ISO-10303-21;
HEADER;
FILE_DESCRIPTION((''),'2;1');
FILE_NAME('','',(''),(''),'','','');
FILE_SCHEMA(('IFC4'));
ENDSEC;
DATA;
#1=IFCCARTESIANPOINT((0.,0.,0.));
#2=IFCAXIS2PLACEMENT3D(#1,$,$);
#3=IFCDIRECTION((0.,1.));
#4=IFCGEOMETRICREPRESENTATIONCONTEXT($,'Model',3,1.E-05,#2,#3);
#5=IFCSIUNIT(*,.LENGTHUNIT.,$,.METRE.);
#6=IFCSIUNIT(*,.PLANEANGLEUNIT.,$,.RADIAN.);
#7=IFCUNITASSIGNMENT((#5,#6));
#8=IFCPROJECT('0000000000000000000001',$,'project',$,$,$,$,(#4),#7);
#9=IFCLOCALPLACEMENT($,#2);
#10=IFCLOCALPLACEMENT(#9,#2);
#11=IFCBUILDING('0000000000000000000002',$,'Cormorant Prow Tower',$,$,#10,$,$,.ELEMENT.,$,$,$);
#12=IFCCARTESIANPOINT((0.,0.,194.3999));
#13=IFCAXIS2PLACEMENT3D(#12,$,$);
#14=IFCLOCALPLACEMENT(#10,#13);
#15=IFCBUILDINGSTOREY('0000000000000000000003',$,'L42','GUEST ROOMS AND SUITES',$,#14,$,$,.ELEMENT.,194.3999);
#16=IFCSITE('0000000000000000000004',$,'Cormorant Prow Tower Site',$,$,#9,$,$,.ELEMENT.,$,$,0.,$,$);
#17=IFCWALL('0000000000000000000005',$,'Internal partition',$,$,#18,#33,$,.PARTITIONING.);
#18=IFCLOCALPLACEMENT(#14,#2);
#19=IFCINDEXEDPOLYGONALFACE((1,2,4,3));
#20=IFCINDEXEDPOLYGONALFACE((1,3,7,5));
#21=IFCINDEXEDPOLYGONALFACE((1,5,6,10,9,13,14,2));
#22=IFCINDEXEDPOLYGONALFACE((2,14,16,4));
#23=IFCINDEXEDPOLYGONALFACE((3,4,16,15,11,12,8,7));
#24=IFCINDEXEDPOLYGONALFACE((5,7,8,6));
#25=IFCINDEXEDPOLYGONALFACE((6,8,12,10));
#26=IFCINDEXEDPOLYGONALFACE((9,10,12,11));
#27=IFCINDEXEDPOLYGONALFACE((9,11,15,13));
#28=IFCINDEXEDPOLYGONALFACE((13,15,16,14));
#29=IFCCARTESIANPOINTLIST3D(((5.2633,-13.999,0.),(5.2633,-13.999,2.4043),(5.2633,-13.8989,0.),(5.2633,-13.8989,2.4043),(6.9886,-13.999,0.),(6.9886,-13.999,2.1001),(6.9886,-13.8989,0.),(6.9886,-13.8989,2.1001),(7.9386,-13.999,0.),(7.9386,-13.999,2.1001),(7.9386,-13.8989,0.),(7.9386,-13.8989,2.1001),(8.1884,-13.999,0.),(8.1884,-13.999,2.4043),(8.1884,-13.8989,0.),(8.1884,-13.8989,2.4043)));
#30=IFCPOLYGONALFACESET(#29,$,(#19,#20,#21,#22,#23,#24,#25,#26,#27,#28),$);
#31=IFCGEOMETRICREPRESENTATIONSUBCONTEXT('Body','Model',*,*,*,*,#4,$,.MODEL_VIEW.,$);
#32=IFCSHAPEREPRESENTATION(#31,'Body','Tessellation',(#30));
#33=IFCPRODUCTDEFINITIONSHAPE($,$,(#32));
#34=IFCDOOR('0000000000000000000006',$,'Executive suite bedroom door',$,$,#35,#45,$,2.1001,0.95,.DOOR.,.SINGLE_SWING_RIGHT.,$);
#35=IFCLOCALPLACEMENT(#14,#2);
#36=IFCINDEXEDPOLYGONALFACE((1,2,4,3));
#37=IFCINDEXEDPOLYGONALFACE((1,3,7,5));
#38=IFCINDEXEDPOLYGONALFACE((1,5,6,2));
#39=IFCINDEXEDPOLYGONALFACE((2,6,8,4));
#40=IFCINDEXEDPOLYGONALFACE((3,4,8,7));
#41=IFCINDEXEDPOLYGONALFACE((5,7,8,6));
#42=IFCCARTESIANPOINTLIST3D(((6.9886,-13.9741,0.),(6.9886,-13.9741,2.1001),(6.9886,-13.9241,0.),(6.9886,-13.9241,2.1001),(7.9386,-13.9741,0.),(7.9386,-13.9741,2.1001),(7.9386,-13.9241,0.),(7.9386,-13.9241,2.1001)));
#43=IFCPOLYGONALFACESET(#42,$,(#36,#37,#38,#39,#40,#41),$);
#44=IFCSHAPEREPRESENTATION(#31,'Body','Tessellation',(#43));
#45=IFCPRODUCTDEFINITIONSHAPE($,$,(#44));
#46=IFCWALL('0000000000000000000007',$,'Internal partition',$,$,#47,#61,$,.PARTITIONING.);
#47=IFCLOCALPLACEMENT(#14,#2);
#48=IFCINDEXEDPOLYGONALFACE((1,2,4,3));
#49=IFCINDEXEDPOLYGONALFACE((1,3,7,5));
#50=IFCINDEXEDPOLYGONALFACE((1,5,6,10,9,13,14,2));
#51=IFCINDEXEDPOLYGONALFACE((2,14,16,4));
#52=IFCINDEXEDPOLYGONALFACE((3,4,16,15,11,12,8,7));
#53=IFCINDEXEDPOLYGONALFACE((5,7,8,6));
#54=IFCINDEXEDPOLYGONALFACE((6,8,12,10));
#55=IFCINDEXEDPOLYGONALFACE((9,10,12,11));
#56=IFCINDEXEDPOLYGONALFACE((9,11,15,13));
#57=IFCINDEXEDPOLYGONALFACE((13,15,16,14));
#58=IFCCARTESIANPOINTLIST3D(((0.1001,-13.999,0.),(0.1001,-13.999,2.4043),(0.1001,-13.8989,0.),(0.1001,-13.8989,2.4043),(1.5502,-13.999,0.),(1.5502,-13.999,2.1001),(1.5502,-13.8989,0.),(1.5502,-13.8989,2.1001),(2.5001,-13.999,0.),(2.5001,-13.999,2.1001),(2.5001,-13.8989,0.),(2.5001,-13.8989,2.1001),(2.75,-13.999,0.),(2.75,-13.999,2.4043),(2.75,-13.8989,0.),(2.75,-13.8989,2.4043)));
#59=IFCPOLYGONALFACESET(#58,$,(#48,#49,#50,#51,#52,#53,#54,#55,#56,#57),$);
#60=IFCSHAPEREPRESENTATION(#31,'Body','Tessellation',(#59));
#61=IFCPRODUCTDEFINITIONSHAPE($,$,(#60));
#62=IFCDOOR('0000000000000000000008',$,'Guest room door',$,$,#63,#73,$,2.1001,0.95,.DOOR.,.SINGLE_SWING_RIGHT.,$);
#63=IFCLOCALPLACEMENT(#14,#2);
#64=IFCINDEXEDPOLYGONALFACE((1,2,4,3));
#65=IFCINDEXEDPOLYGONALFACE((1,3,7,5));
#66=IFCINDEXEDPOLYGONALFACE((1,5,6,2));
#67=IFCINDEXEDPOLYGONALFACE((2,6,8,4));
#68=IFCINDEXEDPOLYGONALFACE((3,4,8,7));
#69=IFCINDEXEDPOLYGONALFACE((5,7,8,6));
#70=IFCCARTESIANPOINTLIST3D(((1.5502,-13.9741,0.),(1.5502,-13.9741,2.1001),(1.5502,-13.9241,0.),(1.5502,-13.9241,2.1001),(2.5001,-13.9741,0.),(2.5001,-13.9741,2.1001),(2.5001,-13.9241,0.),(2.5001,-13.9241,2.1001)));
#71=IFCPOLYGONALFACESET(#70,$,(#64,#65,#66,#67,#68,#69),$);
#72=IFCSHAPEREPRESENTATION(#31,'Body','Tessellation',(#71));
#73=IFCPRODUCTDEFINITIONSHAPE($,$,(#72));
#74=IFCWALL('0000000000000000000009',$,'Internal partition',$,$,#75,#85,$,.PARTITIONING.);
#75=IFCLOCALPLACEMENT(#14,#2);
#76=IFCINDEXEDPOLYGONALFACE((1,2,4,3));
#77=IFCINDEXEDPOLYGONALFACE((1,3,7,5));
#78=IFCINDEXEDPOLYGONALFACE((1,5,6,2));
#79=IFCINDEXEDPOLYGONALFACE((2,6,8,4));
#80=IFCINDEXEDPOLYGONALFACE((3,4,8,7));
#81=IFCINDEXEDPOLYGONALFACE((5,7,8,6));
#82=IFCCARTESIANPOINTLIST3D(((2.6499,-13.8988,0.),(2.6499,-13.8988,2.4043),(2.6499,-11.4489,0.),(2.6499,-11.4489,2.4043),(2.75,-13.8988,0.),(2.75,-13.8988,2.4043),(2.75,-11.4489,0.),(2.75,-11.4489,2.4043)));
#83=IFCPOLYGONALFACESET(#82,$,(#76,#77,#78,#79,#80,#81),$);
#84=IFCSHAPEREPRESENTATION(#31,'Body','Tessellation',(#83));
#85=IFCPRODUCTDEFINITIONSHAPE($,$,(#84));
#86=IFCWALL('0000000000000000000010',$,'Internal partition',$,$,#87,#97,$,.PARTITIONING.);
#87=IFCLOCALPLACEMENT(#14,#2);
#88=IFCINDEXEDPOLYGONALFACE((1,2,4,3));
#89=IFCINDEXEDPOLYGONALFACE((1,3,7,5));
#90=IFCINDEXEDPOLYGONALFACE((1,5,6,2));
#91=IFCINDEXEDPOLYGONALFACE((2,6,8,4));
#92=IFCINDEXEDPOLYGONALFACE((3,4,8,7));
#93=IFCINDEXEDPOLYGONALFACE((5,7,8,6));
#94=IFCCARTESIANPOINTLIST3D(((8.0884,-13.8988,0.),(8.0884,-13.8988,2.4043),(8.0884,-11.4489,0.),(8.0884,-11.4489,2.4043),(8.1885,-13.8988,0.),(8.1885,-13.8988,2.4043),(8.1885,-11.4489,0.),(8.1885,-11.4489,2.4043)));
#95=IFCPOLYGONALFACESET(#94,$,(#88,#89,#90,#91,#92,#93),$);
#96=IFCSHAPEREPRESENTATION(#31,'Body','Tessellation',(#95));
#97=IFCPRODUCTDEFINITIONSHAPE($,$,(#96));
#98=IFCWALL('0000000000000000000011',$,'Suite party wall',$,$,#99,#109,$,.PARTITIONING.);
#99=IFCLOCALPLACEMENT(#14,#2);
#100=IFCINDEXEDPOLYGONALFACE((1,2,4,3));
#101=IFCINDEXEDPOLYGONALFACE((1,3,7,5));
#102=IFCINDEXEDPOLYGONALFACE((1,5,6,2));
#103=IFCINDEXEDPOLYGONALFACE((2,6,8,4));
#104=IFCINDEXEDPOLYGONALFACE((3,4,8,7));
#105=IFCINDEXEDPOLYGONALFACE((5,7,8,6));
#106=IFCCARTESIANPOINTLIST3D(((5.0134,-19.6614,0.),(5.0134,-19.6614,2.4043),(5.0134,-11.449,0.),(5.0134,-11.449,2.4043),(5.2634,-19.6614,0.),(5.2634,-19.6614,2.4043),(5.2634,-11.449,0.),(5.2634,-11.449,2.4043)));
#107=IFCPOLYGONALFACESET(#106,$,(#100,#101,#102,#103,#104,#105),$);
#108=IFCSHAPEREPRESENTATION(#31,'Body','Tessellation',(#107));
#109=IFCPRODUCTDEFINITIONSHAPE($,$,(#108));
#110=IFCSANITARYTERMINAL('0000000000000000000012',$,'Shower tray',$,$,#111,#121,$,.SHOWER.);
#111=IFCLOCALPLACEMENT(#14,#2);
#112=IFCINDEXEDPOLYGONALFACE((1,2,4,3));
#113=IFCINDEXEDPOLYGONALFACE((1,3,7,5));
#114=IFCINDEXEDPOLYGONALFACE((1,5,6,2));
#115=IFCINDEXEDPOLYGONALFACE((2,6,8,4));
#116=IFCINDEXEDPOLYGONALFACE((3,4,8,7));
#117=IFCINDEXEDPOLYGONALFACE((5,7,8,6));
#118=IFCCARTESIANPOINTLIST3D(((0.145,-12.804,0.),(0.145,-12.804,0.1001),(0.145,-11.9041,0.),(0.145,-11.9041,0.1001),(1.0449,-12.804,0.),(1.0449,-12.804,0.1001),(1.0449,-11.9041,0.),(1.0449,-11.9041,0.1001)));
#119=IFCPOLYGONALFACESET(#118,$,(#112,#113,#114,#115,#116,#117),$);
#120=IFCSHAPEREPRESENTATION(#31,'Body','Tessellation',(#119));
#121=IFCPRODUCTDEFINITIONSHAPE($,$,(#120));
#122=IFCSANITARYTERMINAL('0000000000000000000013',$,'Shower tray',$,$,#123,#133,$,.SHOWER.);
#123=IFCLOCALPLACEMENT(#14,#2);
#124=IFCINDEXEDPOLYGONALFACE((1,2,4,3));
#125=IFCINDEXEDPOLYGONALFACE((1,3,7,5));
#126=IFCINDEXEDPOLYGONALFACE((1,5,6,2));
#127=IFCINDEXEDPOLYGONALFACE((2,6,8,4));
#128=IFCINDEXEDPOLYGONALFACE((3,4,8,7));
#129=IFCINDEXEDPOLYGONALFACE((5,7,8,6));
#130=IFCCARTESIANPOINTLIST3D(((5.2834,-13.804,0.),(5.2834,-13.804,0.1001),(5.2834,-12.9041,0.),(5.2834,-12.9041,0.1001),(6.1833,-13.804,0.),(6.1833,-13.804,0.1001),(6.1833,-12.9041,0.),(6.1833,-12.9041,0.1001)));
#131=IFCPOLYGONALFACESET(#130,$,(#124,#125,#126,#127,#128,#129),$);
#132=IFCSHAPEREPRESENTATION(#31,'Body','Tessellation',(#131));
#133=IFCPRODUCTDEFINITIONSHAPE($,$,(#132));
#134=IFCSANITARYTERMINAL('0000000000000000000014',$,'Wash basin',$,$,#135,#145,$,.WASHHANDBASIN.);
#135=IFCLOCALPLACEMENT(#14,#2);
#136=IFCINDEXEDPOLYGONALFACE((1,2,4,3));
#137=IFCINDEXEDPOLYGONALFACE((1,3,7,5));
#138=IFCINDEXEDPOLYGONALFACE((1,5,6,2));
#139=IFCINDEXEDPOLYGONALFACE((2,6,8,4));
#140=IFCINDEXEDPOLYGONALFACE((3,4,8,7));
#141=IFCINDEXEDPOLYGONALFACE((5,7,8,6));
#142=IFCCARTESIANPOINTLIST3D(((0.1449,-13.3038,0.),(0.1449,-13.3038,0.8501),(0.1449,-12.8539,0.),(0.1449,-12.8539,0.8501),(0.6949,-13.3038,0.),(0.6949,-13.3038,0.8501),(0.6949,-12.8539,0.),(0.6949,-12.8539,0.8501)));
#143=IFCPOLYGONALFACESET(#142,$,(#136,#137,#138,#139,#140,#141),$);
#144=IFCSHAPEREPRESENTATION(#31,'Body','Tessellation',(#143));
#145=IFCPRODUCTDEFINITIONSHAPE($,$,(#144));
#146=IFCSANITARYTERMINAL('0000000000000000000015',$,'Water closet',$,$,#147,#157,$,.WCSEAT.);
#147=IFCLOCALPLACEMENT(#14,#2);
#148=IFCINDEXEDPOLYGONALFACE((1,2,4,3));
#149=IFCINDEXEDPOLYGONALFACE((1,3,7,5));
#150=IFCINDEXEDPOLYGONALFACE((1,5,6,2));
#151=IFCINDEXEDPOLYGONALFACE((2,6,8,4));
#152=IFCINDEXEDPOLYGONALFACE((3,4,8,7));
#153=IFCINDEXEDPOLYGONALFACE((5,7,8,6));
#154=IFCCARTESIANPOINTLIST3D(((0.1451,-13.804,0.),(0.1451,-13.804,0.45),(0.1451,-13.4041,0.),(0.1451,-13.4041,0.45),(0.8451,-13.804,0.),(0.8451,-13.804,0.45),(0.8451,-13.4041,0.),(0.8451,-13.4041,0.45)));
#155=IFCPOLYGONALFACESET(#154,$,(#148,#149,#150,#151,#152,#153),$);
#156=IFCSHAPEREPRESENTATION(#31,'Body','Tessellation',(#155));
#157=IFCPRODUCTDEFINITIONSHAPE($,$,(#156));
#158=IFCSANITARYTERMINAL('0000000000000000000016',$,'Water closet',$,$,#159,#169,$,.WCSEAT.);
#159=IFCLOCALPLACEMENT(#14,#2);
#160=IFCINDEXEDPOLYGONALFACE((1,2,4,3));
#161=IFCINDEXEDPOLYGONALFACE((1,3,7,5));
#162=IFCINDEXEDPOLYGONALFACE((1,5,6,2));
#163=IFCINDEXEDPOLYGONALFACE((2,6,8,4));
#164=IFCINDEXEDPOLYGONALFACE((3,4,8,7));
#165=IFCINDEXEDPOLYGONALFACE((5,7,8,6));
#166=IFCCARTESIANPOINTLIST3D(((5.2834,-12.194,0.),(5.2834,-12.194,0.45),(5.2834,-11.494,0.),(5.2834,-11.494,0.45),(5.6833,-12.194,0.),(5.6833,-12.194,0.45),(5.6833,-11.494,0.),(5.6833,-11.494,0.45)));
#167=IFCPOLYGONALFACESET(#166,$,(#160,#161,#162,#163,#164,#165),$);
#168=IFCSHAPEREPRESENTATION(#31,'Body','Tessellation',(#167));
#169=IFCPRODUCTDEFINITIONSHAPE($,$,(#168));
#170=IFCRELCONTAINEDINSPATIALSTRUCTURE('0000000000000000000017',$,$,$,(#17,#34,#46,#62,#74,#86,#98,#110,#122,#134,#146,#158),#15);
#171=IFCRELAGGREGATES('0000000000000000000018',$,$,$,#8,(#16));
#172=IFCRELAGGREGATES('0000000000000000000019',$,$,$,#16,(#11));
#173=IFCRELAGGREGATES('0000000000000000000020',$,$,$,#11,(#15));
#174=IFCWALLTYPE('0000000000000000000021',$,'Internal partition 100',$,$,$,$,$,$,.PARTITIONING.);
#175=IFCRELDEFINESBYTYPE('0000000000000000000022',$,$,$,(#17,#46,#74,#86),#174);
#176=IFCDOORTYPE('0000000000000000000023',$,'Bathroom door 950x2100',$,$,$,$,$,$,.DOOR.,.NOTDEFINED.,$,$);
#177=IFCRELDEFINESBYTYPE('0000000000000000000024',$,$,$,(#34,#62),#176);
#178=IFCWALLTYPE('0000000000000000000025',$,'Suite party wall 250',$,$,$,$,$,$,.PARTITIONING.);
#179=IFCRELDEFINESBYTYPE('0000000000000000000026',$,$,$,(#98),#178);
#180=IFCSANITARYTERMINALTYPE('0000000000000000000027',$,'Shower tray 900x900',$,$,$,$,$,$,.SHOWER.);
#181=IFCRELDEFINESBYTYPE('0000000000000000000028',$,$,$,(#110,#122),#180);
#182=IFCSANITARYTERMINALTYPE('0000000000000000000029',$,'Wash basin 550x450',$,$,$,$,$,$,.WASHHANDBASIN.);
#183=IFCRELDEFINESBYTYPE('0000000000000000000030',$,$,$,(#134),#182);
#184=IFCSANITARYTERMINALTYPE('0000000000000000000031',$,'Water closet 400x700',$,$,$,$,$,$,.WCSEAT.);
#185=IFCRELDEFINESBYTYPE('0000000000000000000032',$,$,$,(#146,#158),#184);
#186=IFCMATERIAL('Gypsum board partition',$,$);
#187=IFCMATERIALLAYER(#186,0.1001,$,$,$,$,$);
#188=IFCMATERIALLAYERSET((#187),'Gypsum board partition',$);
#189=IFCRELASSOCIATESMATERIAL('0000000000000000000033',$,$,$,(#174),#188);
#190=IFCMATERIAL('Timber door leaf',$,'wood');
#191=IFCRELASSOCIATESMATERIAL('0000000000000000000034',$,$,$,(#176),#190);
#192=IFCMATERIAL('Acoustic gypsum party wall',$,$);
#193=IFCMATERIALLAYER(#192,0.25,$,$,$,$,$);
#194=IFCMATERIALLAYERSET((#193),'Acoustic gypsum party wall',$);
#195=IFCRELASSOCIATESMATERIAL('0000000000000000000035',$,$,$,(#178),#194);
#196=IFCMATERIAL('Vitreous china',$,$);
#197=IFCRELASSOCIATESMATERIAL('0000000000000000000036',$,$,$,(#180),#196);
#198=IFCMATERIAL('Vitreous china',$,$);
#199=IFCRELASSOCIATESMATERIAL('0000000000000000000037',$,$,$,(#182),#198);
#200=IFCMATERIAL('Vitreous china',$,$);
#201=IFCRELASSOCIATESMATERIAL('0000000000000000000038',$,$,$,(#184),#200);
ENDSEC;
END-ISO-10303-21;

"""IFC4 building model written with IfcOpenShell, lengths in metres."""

from ifc_helpers import new_model, si_unit, direction, frame, frame_2d, origin, origin_2d, place, context, subcontext, project, spatial, rectangle, extrude, material, layer, layer_set, type_object, element, fill, save


model = new_model("IFC4")

# Units and contexts
model_context = context("Model", 3, precision=1e-05, world=origin(), true_north=direction((0.0, 1.0)))
body_context = subcontext(model_context, "Body", "Model", "MODEL_VIEW")
ifc_project = project(units=[si_unit("LENGTHUNIT", "METRE"), si_unit("PLANEANGLEUNIT", "RADIAN")], contexts=[model_context])

# Site, building, storey
site_placement = place(None, origin())
site = spatial("IfcSite", under=ifc_project, at=site_placement, Name="Cormorant Prow Tower Site", CompositionType="ELEMENT", RefElevation=0.0)
building_placement = place(site_placement, origin())
building = spatial("IfcBuilding", under=site, at=building_placement, Name="Cormorant Prow Tower", CompositionType="ELEMENT")
storey_placement = place(building_placement, frame((0.0, 0.0, 194.3999)))
storey = spatial("IfcBuildingStorey", under=building, at=storey_placement, Name="L42", Description="GUEST ROOMS AND SUITES", CompositionType="ELEMENT", Elevation=194.3999)

# Walls, openings, doors
ifc_material_1 = material(Name="Gypsum board partition")
ifc_layer_1 = layer(ifc_material_1, 0.1001)
ifc_layer_set_1 = layer_set([ifc_layer_1], Name="Gypsum board partition")
wall_type_1 = type_object("IfcWallType", Name="Internal partition 100", PredefinedType="PARTITIONING", material=ifc_layer_set_1)
wall_1_placement = place(storey_placement, frame((5.2634, -13.949, 0.0), z_axis=(0.0, 0.0, 1.0), x_axis=(1.0, 0.0, 0.0)))
wall_1 = element("IfcWall", 1, at=wall_1_placement, inside=storey, type_object=wall_type_1, Name="Internal partition", PredefinedType="PARTITIONING", context=body_context, shape_type="SweptSolid", body=[
    extrude(rectangle(XDim=2.925, YDim=0.1001, at=frame_2d((1.4624, 0.0))), origin(), (0.0, 0.0, 1.0), 2.4043),
])
opening_1_placement = place(wall_1_placement, frame((1.7251, 0.0, 0.0)))
opening_1 = element("IfcOpeningElement", 2, at=opening_1_placement, cuts=wall_1, PredefinedType="OPENING", context=body_context, shape_type="SweptSolid", body=[
    extrude(rectangle(XDim=0.95, YDim=2.1001, at=frame_2d((0.4751, 1.05))), frame((0.0, 0.0601, 0.0), z_axis=(0.0, -1.0, 0.0), x_axis=(1.0, 0.0, 0.0)), (0.0, 0.0, 1.0), 0.1201),
])
ifc_material_2 = material(Name="Timber door leaf", Category="wood")
door_type_1 = type_object("IfcDoorType", Name="Bathroom door 950x2100", OperationType="NOTDEFINED", PredefinedType="DOOR", material=ifc_material_2)
door_1_placement = place(opening_1_placement, origin())
door_1 = element("IfcDoor", 3, at=door_1_placement, inside=storey, type_object=door_type_1, Name="Executive suite bedroom door", OperationType="SINGLE_SWING_RIGHT", OverallHeight=2.1001, OverallWidth=0.95, PredefinedType="DOOR", context=body_context, shape_type="SweptSolid", body=[
    extrude(rectangle(XDim=0.95, YDim=2.1001, at=frame_2d((0.4751, 1.05))), frame((0.0, 0.0249, 0.0), z_axis=(0.0, -1.0, 0.0), x_axis=(1.0, 0.0, 0.0)), (0.0, 0.0, 1.0), 0.05),
])
fill(opening_1, door_1)
wall_2_placement = place(storey_placement, frame((0.1001, -13.949, 0.0), z_axis=(0.0, 0.0, 1.0), x_axis=(1.0, 0.0, 0.0)))
wall_2 = element("IfcWall", 4, at=wall_2_placement, inside=storey, type_object=wall_type_1, Name="Internal partition", PredefinedType="PARTITIONING", context=body_context, shape_type="SweptSolid", body=[
    extrude(rectangle(XDim=2.6499, YDim=0.1001, at=frame_2d((1.325, 0.0))), origin(), (0.0, 0.0, 1.0), 2.4043),
])
opening_2_placement = place(wall_2_placement, frame((1.45, 0.0, 0.0)))
opening_2 = element("IfcOpeningElement", 5, at=opening_2_placement, cuts=wall_2, PredefinedType="OPENING", context=body_context, shape_type="SweptSolid", body=[
    extrude(rectangle(XDim=0.95, YDim=2.1001, at=frame_2d((0.4751, 1.05))), frame((0.0, 0.0601, 0.0), z_axis=(0.0, -1.0, 0.0), x_axis=(1.0, 0.0, 0.0)), (0.0, 0.0, 1.0), 0.1201),
])
door_2_placement = place(opening_2_placement, origin())
door_2 = element("IfcDoor", 6, at=door_2_placement, inside=storey, type_object=door_type_1, Name="Guest room door", OperationType="SINGLE_SWING_RIGHT", OverallHeight=2.1001, OverallWidth=0.95, PredefinedType="DOOR", context=body_context, shape_type="SweptSolid", body=[
    extrude(rectangle(XDim=0.95, YDim=2.1001, at=frame_2d((0.4751, 1.05))), frame((0.0, 0.0249, 0.0), z_axis=(0.0, -1.0, 0.0), x_axis=(1.0, 0.0, 0.0)), (0.0, 0.0, 1.0), 0.05),
])
fill(opening_2, door_2)

# Walls
for number, where, z_axis, x_axis, name in (
    (7, (2.7, -13.8989, 0.0), (0.0, 0.0, 1.0), (0.0, 1.0, 0.0), "Internal partition"),
    (8, (8.1384, -13.8989, 0.0), (0.0, 0.0, 1.0), (0.0, 1.0, 0.0), "Internal partition"),
):
    element("IfcWall", number, at=place(storey_placement, frame(where, z_axis=z_axis, x_axis=x_axis)), inside=storey, type_object=wall_type_1, Name=name, PredefinedType="PARTITIONING", context=body_context, shape_type="SweptSolid", body=[
        extrude(rectangle(XDim=2.45, YDim=0.1001, at=frame_2d((1.2251, 0.0))), origin(), (0.0, 0.0, 1.0), 2.4043),
    ])
ifc_material_3 = material(Name="Acoustic gypsum party wall")
ifc_layer_2 = layer(ifc_material_3, 0.25)
ifc_layer_set_2 = layer_set([ifc_layer_2], Name="Acoustic gypsum party wall")
wall_type_2 = type_object("IfcWallType", Name="Suite party wall 250", PredefinedType="PARTITIONING", material=ifc_layer_set_2)
wall_3_placement = place(storey_placement, frame((5.1384, -19.6614, 0.0), z_axis=(0.0, 0.0, 1.0), x_axis=(0.0, 1.0, 0.0)))
element("IfcWall", 9, at=wall_3_placement, inside=storey, type_object=wall_type_2, Name="Suite party wall", PredefinedType="PARTITIONING", context=body_context, shape_type="SweptSolid", body=[
    extrude(rectangle(XDim=8.2124, YDim=0.25, at=frame_2d((4.1062, 0.0))), origin(), (0.0, 0.0, 1.0), 2.4043),
])

# Sanitary terminals
ifc_material_4 = material(Name="Vitreous china")
sanitary_terminal_type_1 = type_object("IfcSanitaryTerminalType", Name="Shower tray 900x900", PredefinedType="SHOWER", material=ifc_material_4)
for number, where, z_axis, x_axis, name in (
    (10, (0.595, -12.354, 0.0), (0.0, 0.0, 1.0), (1.0, 0.0, 0.0), "Shower tray"),
    (11, (5.7334, -13.354, 0.0), (0.0, 0.0, 1.0), (0.0, 1.0, 0.0), "Shower tray"),
):
    element("IfcSanitaryTerminal", number, at=place(storey_placement, frame(where, z_axis=z_axis, x_axis=x_axis)), inside=storey, type_object=sanitary_terminal_type_1, Name=name, PredefinedType="SHOWER", context=body_context, shape_type="SweptSolid", body=[
        extrude(rectangle(XDim=0.8999, YDim=0.8999, at=origin_2d()), origin(), (0.0, 0.0, 1.0), 0.1001),
    ])
ifc_material_5 = material(Name="Vitreous china")
sanitary_terminal_type_2 = type_object("IfcSanitaryTerminalType", Name="Wash basin 550x450", PredefinedType="WASHHANDBASIN", material=ifc_material_5)
sanitary_terminal_placement = place(storey_placement, frame((0.4199, -13.0789, 0.0), z_axis=(0.0, 0.0, 1.0), x_axis=(1.0, 0.0, 0.0)))
element("IfcSanitaryTerminal", 12, at=sanitary_terminal_placement, inside=storey, type_object=sanitary_terminal_type_2, Name="Wash basin", PredefinedType="WASHHANDBASIN", context=body_context, shape_type="SweptSolid", body=[
    extrude(rectangle(XDim=0.55, YDim=0.45, at=origin_2d()), origin(), (0.0, 0.0, 1.0), 0.8501),
])
ifc_material_6 = material(Name="Vitreous china")
sanitary_terminal_type_3 = type_object("IfcSanitaryTerminalType", Name="Water closet 400x700", PredefinedType="WCSEAT", material=ifc_material_6)
for number, where, z_axis, x_axis, name in (
    (13, (0.4951, -13.604, 0.0), (0.0, 0.0, 1.0), (0.0, 1.0, 0.0), "Water closet"),
    (14, (5.4834, -11.844, 0.0), (0.0, 0.0, 1.0), (1.0, 0.0, 0.0), "Water closet"),
):
    element("IfcSanitaryTerminal", number, at=place(storey_placement, frame(where, z_axis=z_axis, x_axis=x_axis)), inside=storey, type_object=sanitary_terminal_type_3, Name=name, PredefinedType="WCSEAT", context=body_context, shape_type="SweptSolid", body=[
        extrude(rectangle(XDim=0.3999, YDim=0.7, at=origin_2d()), origin(), (0.0, 0.0, 1.0), 0.45),
    ])

save(model, "model.ifc")
